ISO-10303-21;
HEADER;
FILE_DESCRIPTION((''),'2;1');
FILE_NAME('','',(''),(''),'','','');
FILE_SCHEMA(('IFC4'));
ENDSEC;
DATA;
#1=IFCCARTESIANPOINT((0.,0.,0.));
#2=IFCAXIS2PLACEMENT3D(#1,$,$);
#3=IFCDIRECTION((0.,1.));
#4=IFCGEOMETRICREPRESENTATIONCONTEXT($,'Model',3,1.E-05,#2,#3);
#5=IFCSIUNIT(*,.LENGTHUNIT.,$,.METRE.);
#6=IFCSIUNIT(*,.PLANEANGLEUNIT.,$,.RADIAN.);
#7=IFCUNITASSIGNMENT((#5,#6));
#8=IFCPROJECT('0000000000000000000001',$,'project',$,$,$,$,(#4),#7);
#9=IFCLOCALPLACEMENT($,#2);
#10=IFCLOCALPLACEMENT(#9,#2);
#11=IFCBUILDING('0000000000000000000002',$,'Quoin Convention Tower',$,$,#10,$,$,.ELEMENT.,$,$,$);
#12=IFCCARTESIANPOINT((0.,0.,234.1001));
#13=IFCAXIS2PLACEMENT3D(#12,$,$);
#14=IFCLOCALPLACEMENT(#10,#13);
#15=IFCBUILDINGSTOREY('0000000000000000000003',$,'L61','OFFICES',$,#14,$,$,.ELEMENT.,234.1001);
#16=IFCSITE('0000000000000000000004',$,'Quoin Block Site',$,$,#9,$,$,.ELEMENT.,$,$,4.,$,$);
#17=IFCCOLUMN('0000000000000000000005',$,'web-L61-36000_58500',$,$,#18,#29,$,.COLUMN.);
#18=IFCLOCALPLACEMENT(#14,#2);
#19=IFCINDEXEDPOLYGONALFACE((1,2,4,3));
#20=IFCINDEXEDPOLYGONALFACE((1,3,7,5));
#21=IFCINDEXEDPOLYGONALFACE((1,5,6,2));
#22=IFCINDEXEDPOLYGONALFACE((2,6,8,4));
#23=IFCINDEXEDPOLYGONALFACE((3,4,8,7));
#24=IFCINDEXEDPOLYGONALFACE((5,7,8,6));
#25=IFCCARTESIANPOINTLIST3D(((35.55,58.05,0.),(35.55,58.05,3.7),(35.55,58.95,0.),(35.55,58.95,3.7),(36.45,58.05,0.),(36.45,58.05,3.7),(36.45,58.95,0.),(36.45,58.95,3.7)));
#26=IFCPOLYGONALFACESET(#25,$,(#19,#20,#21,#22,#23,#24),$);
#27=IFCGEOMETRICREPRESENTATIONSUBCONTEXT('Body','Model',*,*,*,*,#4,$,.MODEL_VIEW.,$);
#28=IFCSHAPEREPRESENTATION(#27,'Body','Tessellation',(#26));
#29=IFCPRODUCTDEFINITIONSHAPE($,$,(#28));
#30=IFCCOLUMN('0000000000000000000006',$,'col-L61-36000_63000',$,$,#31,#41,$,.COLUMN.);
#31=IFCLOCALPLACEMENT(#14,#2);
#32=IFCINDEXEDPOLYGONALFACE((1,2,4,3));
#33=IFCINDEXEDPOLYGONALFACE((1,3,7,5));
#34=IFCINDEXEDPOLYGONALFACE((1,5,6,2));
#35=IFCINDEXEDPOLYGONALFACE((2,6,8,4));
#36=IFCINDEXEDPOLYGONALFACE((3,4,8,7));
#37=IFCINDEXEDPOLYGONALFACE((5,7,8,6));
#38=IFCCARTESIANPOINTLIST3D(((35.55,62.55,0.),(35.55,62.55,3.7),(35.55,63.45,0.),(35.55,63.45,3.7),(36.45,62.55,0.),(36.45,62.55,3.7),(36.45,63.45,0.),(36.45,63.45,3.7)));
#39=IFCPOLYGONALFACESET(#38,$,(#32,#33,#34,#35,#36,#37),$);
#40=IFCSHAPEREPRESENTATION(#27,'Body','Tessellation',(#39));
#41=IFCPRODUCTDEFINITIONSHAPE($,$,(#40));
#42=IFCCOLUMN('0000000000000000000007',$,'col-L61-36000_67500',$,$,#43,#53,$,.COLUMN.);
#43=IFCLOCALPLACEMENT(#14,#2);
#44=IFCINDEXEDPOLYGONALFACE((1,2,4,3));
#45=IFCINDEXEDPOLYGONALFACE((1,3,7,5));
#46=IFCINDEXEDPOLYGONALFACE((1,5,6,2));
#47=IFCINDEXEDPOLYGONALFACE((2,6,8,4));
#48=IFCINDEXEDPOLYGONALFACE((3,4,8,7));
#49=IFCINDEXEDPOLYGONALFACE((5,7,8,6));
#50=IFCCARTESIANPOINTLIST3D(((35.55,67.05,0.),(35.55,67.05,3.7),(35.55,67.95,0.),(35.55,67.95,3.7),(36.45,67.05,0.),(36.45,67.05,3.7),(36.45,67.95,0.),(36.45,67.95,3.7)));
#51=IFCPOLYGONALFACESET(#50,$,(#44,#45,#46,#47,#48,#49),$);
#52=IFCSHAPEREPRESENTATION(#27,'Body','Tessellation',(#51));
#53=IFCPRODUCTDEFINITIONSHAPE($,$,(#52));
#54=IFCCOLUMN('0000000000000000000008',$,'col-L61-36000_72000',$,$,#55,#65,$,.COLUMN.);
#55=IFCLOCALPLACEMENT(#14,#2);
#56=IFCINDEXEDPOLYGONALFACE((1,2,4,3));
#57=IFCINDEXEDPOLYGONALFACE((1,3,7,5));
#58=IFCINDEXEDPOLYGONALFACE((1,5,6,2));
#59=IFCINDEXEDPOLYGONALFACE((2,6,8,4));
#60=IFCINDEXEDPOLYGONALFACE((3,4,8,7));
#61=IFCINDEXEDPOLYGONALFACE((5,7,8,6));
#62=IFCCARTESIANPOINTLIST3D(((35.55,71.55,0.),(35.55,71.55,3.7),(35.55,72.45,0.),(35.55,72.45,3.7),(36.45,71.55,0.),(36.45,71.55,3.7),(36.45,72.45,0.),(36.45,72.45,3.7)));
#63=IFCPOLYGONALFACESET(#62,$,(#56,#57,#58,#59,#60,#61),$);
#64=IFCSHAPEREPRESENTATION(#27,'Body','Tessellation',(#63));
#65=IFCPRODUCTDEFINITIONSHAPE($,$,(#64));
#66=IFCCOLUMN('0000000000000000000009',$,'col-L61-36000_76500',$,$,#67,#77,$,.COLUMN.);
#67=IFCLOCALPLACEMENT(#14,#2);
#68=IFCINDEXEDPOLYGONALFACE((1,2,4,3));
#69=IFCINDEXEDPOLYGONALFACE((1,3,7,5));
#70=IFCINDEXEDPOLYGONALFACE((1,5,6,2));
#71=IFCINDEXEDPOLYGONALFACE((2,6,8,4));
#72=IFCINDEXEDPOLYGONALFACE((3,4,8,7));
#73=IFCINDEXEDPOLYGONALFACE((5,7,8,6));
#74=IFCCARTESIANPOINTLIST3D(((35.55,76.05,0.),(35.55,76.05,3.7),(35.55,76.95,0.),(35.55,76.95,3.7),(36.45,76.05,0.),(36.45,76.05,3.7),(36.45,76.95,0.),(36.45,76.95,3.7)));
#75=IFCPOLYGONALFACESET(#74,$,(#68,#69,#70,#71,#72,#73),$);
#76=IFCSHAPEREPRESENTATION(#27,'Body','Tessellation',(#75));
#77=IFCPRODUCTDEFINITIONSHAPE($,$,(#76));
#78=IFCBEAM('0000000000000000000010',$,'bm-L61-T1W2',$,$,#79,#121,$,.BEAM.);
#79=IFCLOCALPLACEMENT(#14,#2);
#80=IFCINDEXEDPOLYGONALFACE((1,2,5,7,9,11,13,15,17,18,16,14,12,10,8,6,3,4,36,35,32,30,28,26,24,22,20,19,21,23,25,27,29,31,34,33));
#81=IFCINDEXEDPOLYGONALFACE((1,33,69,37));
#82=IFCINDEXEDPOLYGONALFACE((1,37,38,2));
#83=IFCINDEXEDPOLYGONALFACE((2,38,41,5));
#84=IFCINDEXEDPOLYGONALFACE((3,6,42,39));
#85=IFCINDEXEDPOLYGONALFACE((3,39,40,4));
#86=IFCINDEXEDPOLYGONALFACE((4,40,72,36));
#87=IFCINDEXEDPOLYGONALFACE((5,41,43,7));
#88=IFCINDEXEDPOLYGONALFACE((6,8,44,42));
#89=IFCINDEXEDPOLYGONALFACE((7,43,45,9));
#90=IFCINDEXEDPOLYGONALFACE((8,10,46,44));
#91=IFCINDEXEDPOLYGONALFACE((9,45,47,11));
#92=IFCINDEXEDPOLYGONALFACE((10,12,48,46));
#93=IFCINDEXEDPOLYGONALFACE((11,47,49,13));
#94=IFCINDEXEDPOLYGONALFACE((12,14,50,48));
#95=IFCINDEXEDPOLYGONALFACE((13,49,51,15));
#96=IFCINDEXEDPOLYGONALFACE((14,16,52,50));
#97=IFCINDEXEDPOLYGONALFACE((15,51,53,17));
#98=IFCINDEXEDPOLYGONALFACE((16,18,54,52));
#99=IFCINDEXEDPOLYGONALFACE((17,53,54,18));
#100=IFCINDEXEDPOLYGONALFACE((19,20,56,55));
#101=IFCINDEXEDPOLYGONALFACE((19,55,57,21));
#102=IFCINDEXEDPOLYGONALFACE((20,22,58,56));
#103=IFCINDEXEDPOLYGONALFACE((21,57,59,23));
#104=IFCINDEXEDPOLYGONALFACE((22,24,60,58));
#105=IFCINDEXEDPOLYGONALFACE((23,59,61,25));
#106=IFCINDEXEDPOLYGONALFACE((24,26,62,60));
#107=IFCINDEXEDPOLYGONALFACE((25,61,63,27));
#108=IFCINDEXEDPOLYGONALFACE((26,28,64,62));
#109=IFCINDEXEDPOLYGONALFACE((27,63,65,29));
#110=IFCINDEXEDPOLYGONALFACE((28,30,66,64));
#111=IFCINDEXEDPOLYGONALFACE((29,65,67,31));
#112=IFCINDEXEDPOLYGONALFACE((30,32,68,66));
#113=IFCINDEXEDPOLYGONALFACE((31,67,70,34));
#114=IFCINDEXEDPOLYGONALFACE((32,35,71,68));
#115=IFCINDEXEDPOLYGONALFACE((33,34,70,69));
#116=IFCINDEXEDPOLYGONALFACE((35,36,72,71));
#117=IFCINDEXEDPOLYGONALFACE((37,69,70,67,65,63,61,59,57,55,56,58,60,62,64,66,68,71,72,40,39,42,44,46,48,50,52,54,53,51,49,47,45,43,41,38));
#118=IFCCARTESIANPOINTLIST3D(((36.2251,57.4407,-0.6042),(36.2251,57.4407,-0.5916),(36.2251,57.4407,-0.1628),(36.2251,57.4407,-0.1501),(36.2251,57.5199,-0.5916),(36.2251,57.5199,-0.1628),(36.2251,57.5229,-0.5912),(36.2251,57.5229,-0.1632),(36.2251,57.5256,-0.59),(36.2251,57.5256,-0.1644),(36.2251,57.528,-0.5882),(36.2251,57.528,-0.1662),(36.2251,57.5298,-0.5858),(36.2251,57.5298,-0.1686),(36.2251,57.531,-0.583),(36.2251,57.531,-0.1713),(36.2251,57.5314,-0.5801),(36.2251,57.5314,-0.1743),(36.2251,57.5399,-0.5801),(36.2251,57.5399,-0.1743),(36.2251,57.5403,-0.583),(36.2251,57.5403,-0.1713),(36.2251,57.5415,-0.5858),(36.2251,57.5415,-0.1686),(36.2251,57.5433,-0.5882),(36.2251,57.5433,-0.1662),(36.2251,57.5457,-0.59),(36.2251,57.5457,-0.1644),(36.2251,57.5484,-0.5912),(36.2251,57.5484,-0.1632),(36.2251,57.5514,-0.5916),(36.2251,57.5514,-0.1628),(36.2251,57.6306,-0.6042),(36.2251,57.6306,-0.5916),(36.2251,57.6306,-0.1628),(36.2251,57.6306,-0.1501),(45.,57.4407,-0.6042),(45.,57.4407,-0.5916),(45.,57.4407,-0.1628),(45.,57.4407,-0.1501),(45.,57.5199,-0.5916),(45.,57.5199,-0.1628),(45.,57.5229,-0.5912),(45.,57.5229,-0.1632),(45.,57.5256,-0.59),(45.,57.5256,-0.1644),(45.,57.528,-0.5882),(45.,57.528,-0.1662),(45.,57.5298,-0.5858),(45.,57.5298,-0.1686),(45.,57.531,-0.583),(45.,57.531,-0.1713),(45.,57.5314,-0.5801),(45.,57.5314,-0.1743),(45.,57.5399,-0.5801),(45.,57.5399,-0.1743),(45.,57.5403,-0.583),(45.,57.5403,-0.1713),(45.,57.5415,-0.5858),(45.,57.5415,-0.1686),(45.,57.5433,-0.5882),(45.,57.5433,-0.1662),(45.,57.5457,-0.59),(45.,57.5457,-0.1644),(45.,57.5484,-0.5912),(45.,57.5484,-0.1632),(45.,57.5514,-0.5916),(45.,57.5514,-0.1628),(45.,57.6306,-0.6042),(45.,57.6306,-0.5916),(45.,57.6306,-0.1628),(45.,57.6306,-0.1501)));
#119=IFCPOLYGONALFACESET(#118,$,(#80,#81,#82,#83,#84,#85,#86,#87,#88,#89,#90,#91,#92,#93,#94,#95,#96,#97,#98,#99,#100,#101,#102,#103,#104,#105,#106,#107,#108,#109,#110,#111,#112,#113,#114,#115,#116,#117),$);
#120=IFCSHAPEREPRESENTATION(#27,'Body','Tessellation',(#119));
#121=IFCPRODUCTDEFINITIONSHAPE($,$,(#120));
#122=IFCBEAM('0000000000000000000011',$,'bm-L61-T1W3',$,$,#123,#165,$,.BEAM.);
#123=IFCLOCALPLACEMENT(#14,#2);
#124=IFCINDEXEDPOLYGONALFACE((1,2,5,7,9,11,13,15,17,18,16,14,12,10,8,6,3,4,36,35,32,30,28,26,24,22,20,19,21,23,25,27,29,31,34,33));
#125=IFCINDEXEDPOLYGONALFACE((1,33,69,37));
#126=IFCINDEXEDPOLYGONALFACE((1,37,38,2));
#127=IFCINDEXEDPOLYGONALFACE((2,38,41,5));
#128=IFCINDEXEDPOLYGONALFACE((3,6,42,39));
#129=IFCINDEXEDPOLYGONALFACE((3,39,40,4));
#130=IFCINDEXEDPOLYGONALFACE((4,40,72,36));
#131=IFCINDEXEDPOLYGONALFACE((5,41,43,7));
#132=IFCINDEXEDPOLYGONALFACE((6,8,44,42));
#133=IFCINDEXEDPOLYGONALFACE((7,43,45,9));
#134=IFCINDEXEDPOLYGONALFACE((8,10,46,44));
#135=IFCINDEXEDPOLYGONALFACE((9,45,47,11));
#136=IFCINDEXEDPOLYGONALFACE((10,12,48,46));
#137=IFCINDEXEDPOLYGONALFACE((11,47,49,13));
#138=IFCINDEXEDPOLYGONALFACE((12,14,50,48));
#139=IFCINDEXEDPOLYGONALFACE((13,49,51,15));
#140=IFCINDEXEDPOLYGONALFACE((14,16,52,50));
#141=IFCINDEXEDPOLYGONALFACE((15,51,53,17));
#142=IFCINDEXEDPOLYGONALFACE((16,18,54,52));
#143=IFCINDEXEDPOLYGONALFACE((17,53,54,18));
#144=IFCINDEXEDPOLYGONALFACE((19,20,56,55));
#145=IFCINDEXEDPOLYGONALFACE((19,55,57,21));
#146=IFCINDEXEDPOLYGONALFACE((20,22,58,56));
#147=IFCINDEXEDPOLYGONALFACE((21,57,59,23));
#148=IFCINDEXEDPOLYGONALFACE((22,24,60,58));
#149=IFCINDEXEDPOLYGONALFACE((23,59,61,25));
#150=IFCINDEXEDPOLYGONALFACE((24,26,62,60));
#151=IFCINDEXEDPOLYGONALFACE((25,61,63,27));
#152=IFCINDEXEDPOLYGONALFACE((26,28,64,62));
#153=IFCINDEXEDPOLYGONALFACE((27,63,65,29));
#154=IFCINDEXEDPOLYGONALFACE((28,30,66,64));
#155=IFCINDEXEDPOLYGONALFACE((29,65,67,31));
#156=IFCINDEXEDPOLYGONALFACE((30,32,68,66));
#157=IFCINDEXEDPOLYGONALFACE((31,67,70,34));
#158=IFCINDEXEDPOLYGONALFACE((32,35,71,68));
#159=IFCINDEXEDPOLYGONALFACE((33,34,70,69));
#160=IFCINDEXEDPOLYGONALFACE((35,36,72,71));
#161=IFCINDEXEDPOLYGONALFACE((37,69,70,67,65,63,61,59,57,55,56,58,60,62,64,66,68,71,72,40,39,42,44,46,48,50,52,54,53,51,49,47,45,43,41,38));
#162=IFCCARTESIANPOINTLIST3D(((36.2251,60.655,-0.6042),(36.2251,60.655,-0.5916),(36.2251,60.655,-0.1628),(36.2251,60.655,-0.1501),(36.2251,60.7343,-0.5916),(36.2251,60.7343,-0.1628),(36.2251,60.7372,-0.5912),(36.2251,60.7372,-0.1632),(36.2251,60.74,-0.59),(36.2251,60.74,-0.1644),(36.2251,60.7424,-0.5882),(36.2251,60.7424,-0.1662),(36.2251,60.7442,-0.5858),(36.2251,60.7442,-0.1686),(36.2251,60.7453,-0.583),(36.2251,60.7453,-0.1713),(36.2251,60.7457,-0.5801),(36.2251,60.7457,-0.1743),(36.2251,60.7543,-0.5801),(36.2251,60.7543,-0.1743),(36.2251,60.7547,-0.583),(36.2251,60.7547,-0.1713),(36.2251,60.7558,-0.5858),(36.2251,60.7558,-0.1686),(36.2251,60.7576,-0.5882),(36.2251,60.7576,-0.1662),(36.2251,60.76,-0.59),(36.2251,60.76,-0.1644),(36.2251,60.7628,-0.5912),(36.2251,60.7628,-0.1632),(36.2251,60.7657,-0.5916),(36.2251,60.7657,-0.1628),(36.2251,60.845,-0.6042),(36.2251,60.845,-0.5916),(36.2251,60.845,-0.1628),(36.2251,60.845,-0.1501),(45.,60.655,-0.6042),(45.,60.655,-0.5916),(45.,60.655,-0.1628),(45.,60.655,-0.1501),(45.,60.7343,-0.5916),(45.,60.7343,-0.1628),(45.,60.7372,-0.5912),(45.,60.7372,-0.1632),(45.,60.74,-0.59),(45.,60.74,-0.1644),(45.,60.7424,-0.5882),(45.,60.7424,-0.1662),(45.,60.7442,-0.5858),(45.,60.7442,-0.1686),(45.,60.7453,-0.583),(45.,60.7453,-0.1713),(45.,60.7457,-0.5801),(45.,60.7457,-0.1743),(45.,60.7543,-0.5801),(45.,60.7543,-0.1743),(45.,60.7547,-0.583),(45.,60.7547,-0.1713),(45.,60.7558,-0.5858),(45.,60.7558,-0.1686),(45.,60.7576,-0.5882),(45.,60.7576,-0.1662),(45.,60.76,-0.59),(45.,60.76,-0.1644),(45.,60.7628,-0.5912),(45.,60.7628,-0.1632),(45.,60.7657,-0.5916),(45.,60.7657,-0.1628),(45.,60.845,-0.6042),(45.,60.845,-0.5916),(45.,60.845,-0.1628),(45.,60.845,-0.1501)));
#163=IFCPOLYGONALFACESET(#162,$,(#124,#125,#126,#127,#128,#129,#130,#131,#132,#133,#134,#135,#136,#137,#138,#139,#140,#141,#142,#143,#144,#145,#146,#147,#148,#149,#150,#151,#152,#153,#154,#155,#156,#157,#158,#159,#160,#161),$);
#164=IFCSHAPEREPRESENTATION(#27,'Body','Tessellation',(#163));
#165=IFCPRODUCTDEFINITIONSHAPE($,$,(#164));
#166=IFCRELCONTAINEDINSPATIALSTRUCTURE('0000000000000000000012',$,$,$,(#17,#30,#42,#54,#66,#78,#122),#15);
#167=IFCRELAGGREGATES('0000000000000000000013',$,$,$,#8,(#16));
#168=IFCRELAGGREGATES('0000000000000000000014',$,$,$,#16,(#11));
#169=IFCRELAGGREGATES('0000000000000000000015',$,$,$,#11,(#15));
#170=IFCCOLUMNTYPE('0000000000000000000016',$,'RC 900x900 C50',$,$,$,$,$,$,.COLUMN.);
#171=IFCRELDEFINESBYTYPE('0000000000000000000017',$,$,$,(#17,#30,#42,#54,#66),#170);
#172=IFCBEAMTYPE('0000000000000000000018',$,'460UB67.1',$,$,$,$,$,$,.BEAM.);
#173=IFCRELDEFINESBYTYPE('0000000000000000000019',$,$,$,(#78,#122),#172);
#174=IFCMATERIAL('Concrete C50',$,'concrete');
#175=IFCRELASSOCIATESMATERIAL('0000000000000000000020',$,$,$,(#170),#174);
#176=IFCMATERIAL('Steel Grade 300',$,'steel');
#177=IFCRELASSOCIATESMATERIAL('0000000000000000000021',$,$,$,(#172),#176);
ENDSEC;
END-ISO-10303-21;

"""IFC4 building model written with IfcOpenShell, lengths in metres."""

from ifc_helpers import new_model, si_unit, direction, frame, origin, origin_2d, place, context, subcontext, project, spatial, rectangle, i_section, extrude, material, material_profile, profile_set, type_object, element, save


model = new_model("IFC4")

# Units and contexts
model_context = context("Model", 3, precision=1e-05, world=origin(), true_north=direction((0.0, 1.0)))
body_context = subcontext(model_context, "Body", "Model", "MODEL_VIEW")
ifc_project = project(units=[si_unit("LENGTHUNIT", "METRE"), si_unit("PLANEANGLEUNIT", "RADIAN")], contexts=[model_context])

# Site, building, storey
site_placement = place(None, origin())
site = spatial("IfcSite", under=ifc_project, at=site_placement, Name="Quoin Block Site", CompositionType="ELEMENT", RefElevation=4.0)
building_placement = place(site_placement, origin())
building = spatial("IfcBuilding", under=site, at=building_placement, Name="Quoin Convention Tower", CompositionType="ELEMENT")
storey_placement = place(building_placement, frame((0.0, 0.0, 234.1001)))
storey = spatial("IfcBuildingStorey", under=building, at=storey_placement, Name="L61", Description="OFFICES", CompositionType="ELEMENT", Elevation=234.1001)

# Columns
ifc_material_1 = material(Name="Concrete C50", Category="concrete")
ifc_material_profile_1 = material_profile(ifc_material_1, rectangle(XDim=0.8999, YDim=0.8999, at=origin_2d()), Name="RC 900x900")
ifc_profile_set_1 = profile_set([ifc_material_profile_1], Name="Concrete C50")
column_type = type_object("IfcColumnType", Name="RC 900x900 C50", PredefinedType="COLUMN", material=ifc_profile_set_1)
for number, where, z_axis, x_axis, name in (
    (1, (36.0, 58.5, 0.0), (0.0, 0.0, 1.0), (1.0, 0.0, 0.0), "web-L61-36000_58500"),
    (2, (36.0, 63.0, 0.0), (0.0, 0.0, 1.0), (1.0, 0.0, 0.0), "col-L61-36000_63000"),
    (3, (36.0, 67.5, 0.0), (0.0, 0.0, 1.0), (1.0, 0.0, 0.0), "col-L61-36000_67500"),
    (4, (36.0, 72.0, 0.0), (0.0, 0.0, 1.0), (1.0, 0.0, 0.0), "col-L61-36000_72000"),
    (5, (36.0, 76.5, 0.0), (0.0, 0.0, 1.0), (1.0, 0.0, 0.0), "col-L61-36000_76500"),
):
    element("IfcColumn", number, at=place(storey_placement, frame(where, z_axis=z_axis, x_axis=x_axis)), inside=storey, type_object=column_type, Name=name, PredefinedType="COLUMN", context=body_context, shape_type="SweptSolid", body=[
        extrude(rectangle(XDim=0.8999, YDim=0.8999, at=origin_2d()), origin(), (0.0, 0.0, 1.0), 3.7),
    ])

# Beams
ifc_material_2 = material(Name="Steel Grade 300", Category="steel")
ifc_material_profile_2 = material_profile(ifc_material_2, i_section(OverallWidth=0.1899, OverallDepth=0.4541, WebThickness=0.0085, FlangeThickness=0.0127, FilletRadius=0.0115, at=origin_2d()), Name="460UB67.1")
ifc_profile_set_2 = profile_set([ifc_material_profile_2], Name="Steel Grade 300")
beam_type_1 = type_object("IfcBeamType", Name="460UB67.1", PredefinedType="BEAM", material=ifc_profile_set_2)
for number, where, z_axis, x_axis, name in (
    (6, (36.2251, 57.5356, -0.3772), (1.0, 0.0, 0.0), (0.0, 1.0, 0.0), "bm-L61-T1W2"),
    (7, (36.2251, 60.75, -0.3772), (1.0, 0.0, 0.0), (0.0, 1.0, 0.0), "bm-L61-T1W3"),
):
    element("IfcBeam", number, at=place(storey_placement, frame(where, z_axis=z_axis, x_axis=x_axis)), inside=storey, type_object=beam_type_1, Name=name, PredefinedType="BEAM", context=body_context, shape_type="SweptSolid", body=[
        extrude(i_section(OverallWidth=0.1899, OverallDepth=0.4541, WebThickness=0.0085, FlangeThickness=0.0127, FilletRadius=0.0115, at=origin_2d()), origin(), (0.0, 0.0, 1.0), 8.7749),
    ])

save(model, "model.ifc")
